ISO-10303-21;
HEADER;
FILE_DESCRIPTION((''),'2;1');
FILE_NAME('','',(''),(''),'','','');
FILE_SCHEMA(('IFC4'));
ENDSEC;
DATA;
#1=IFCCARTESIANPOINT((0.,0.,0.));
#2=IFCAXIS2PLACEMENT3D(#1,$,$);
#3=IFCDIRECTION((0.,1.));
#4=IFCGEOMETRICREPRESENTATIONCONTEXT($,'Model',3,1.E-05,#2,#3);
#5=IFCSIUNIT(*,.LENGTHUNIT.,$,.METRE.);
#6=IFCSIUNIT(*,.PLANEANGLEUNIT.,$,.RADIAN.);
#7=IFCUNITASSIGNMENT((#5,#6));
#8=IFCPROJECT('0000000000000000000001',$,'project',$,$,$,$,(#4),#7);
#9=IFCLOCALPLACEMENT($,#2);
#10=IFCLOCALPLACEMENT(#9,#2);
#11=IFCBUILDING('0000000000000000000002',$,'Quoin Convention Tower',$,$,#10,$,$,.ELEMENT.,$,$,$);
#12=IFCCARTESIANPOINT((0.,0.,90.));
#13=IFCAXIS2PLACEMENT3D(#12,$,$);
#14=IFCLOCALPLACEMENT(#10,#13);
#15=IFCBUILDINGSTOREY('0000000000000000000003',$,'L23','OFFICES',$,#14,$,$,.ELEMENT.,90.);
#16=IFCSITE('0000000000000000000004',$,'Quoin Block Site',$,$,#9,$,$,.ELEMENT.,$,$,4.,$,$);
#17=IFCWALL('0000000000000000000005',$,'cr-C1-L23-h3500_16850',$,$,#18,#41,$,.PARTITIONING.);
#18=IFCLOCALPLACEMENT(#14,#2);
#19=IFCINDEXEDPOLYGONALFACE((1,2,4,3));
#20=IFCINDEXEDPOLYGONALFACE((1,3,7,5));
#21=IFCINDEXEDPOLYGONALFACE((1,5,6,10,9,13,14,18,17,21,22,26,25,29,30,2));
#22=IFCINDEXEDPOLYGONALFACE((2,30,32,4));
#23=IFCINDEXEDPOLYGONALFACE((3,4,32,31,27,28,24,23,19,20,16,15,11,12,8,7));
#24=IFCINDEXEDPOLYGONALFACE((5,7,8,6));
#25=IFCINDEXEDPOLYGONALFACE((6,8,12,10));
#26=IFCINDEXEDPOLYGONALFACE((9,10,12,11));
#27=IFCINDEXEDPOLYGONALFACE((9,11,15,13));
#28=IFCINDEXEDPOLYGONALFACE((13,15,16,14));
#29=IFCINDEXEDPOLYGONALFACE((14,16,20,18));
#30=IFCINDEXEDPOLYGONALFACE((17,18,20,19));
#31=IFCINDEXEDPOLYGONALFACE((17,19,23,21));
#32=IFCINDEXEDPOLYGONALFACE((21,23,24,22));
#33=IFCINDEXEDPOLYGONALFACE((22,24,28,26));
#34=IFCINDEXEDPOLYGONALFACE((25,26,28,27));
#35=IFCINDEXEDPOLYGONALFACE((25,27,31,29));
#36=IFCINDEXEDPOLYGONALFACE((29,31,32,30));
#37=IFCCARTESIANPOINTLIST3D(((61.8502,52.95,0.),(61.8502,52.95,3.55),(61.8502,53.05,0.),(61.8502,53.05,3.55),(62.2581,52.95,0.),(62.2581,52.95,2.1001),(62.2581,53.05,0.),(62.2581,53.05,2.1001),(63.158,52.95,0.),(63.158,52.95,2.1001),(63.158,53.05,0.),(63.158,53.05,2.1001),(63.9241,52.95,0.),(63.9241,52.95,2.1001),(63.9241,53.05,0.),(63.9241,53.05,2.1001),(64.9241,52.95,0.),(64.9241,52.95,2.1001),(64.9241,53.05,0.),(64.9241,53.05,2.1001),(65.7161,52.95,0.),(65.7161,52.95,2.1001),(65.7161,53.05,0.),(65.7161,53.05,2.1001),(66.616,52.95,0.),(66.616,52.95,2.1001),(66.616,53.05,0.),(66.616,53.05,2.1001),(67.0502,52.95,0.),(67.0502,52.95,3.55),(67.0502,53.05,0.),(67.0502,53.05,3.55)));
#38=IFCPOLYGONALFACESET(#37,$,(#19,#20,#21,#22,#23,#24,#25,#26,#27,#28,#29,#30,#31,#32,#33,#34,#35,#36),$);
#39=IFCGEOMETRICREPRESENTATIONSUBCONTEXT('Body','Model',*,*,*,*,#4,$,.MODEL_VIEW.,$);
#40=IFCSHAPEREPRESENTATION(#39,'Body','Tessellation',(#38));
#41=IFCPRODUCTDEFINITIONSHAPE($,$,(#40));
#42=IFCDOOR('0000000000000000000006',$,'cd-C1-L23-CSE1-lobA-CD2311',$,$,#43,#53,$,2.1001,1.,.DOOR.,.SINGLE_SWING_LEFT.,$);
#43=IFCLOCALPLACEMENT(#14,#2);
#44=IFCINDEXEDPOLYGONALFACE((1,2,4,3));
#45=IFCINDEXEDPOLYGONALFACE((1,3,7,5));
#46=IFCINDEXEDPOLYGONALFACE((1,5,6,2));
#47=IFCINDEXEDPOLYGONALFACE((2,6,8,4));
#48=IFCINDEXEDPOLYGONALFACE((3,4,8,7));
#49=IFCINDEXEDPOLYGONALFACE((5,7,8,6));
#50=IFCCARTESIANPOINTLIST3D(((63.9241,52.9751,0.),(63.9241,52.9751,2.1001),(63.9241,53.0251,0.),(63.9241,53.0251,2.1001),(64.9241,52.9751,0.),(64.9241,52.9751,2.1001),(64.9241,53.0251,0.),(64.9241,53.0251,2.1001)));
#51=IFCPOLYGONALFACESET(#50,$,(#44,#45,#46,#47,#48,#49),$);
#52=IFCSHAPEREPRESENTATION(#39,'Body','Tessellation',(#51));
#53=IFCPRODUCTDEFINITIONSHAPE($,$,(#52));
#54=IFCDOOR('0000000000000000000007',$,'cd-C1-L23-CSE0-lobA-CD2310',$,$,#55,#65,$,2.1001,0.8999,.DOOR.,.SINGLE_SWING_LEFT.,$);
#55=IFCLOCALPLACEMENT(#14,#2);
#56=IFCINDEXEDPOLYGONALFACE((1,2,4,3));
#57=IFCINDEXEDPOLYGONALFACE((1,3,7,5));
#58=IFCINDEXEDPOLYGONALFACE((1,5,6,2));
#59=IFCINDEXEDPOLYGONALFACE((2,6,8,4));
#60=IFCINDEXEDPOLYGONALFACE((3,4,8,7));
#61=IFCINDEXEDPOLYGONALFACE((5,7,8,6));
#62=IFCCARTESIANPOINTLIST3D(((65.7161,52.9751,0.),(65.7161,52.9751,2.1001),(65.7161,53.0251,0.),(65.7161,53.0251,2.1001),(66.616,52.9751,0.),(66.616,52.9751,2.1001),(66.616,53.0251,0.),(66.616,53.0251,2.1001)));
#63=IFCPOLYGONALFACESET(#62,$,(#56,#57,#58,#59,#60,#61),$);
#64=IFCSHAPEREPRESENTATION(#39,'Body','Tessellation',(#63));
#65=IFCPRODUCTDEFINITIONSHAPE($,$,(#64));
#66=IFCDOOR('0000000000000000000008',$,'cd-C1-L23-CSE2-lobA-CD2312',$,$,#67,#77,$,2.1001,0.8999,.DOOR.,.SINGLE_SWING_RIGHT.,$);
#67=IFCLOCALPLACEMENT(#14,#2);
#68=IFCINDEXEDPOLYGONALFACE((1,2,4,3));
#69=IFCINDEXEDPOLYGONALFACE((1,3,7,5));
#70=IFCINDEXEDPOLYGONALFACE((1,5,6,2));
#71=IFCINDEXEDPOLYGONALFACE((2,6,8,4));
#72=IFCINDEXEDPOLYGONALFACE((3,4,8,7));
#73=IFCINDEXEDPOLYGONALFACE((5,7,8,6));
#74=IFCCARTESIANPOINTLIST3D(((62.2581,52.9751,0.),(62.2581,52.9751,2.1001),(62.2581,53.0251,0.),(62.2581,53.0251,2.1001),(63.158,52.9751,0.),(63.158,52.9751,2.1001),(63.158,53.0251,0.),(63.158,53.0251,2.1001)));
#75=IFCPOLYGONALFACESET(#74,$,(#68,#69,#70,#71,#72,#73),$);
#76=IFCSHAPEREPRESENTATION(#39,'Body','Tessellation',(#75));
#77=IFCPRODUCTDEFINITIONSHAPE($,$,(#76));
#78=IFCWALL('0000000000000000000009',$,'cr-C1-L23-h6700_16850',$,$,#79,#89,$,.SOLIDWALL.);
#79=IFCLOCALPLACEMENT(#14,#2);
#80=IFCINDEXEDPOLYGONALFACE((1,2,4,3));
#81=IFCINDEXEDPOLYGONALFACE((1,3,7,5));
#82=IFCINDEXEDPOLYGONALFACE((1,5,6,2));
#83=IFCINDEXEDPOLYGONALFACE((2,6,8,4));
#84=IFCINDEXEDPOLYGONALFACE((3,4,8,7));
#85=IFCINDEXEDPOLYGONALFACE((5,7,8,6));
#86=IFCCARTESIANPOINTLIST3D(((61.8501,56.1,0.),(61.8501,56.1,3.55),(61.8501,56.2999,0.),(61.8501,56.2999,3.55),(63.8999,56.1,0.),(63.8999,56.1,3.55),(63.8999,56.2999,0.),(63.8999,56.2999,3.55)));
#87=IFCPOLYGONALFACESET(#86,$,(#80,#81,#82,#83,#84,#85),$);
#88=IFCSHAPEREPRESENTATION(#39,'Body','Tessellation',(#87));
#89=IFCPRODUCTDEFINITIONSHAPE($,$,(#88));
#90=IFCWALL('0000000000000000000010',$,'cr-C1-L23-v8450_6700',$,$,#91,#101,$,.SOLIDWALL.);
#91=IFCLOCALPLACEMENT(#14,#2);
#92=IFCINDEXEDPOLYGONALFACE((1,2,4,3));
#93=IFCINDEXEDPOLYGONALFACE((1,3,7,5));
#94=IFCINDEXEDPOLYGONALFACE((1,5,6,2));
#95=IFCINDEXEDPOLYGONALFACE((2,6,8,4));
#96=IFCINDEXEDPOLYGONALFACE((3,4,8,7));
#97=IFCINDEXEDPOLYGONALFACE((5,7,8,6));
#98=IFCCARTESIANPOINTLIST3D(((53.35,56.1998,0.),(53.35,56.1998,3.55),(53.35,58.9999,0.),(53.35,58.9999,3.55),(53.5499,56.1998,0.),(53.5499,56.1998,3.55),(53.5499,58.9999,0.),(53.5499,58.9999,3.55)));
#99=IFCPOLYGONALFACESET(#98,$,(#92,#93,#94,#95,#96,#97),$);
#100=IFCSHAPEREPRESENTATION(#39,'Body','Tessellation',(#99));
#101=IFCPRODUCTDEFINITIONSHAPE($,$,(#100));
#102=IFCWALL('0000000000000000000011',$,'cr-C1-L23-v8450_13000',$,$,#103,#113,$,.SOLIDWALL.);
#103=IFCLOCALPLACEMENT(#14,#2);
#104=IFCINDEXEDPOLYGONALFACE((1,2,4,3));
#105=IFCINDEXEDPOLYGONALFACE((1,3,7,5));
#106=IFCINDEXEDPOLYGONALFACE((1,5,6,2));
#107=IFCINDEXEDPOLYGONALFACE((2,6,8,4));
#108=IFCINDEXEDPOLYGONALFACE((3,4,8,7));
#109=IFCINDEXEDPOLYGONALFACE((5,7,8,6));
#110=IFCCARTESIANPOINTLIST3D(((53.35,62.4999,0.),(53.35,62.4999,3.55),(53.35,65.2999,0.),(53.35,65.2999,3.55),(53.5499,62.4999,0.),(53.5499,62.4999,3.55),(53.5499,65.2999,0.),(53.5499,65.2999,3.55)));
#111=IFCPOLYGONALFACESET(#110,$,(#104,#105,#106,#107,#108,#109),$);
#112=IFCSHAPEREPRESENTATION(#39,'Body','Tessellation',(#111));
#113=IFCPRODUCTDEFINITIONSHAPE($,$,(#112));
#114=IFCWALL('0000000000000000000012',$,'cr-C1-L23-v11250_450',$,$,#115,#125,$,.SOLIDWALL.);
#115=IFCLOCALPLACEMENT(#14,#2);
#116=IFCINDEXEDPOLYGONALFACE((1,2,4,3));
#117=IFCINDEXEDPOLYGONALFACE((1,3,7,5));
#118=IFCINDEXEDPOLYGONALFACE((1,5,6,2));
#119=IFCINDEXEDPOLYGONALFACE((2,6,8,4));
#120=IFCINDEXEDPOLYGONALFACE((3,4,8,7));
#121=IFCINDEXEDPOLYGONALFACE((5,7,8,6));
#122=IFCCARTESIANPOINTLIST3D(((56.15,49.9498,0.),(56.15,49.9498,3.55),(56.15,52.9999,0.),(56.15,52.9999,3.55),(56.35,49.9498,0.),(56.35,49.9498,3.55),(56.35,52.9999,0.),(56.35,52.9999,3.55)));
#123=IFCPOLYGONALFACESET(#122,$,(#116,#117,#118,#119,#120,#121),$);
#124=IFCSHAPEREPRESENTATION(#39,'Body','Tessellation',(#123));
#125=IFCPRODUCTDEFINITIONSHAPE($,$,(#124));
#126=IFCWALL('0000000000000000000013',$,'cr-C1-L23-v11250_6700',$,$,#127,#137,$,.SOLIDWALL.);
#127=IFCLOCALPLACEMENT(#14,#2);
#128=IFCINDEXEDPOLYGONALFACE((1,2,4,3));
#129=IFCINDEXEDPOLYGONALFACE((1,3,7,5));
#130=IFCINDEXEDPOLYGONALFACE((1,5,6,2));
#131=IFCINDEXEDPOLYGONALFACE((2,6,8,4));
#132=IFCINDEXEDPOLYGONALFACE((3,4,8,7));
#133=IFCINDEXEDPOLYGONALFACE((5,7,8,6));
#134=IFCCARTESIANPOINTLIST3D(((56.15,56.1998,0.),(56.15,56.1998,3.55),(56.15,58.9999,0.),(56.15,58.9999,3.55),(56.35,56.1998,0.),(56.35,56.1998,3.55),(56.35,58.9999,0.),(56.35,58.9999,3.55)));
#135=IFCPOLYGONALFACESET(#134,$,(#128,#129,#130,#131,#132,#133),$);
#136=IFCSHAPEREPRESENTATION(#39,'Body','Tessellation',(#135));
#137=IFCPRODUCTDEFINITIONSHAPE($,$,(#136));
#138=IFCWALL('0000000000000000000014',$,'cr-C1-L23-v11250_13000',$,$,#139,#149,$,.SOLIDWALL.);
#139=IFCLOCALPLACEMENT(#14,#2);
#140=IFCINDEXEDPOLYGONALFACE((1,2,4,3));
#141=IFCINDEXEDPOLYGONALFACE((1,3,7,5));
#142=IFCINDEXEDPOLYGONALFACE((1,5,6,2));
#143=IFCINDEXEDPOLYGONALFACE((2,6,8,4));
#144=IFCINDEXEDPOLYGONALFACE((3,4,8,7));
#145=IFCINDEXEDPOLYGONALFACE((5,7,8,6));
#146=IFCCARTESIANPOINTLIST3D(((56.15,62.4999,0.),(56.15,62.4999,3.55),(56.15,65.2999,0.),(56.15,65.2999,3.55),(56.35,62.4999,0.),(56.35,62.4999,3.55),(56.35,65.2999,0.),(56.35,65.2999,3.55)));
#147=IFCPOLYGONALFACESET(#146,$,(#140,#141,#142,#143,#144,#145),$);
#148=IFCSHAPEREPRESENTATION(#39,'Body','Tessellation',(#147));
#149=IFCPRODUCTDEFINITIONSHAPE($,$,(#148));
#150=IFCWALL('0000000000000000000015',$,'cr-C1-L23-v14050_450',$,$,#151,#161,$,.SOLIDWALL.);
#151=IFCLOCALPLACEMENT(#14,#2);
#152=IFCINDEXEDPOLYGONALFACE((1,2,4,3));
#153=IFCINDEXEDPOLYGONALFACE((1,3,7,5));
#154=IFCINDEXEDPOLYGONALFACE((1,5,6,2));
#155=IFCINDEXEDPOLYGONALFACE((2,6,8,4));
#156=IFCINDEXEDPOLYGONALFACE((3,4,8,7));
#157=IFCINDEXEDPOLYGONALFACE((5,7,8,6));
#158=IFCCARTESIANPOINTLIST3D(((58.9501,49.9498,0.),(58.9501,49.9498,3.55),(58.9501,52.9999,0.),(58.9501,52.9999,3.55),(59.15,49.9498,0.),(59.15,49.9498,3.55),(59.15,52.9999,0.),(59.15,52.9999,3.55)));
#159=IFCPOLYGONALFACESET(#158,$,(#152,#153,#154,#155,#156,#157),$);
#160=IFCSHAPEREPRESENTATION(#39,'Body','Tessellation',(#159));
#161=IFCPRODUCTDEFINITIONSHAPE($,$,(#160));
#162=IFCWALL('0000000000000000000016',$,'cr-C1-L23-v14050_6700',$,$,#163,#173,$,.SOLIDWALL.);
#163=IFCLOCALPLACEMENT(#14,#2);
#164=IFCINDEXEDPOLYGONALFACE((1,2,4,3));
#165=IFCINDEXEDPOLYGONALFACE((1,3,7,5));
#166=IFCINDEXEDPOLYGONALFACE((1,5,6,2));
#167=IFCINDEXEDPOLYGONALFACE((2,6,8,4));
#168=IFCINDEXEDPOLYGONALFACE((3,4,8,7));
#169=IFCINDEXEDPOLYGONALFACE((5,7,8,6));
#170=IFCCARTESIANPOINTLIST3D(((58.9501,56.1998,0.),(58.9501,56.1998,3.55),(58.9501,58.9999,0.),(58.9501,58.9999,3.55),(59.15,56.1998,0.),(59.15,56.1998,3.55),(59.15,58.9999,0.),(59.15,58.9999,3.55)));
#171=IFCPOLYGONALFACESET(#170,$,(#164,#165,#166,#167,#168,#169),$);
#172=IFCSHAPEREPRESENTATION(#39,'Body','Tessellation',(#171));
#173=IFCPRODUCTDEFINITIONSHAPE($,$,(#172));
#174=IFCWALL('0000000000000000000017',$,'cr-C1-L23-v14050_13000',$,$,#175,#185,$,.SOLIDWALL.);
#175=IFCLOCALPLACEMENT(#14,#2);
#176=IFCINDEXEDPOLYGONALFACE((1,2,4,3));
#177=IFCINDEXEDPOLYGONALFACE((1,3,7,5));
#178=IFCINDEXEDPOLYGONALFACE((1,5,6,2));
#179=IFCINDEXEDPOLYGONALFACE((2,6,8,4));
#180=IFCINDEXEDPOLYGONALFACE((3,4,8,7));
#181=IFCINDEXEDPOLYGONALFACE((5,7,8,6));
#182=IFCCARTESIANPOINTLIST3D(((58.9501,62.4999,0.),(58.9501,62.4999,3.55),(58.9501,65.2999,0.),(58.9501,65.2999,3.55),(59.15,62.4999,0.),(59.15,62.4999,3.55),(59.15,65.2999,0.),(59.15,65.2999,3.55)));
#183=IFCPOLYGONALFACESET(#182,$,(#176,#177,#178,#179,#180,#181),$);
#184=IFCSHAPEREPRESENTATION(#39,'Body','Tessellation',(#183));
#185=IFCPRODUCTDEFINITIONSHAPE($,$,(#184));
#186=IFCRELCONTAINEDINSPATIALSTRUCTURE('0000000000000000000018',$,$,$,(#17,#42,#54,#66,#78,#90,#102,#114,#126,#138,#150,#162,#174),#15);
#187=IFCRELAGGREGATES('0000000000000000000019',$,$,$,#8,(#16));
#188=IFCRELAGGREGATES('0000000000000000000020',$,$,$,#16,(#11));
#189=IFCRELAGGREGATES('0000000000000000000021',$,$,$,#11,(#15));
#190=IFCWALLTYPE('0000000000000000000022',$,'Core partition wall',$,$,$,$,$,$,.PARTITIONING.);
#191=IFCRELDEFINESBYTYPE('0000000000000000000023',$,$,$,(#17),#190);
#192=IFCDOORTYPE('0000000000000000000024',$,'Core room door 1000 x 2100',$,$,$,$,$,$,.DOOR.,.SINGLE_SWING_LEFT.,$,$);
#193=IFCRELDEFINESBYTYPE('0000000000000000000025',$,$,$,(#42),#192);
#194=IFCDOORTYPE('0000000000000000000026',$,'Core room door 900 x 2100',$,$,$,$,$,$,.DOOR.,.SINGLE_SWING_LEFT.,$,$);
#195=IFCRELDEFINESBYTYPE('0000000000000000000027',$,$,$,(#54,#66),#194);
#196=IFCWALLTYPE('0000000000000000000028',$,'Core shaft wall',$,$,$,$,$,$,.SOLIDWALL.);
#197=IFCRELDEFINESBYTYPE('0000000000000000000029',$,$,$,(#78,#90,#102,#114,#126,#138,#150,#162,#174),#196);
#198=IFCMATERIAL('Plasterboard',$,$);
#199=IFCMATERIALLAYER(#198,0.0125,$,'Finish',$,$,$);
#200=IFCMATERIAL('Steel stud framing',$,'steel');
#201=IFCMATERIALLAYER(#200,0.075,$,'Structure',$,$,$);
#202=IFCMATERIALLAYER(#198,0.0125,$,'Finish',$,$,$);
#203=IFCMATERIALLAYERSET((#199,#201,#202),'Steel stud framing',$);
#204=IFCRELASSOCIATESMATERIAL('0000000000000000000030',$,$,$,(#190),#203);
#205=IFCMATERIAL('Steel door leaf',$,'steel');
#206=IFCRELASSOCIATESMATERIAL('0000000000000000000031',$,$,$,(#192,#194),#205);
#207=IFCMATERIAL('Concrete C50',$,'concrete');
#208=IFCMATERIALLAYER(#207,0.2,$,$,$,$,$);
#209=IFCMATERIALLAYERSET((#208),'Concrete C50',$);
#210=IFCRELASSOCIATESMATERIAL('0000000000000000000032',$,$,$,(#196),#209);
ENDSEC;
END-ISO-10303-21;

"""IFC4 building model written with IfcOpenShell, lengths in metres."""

from ifc_helpers import new_model, si_unit, direction, frame, frame_2d, origin, place, context, subcontext, project, spatial, rectangle, extrude, material, layer, layer_set, type_object, element, fill, save


model = new_model("IFC4")

# Units and contexts
model_context = context("Model", 3, precision=1e-05, world=origin(), true_north=direction((0.0, 1.0)))
body_context = subcontext(model_context, "Body", "Model", "MODEL_VIEW")
ifc_project = project(units=[si_unit("LENGTHUNIT", "METRE"), si_unit("PLANEANGLEUNIT", "RADIAN")], contexts=[model_context])

# Site, building, storey
site_placement = place(None, origin())
site = spatial("IfcSite", under=ifc_project, at=site_placement, Name="Quoin Block Site", CompositionType="ELEMENT", RefElevation=4.0)
building_placement = place(site_placement, origin())
building = spatial("IfcBuilding", under=site, at=building_placement, Name="Quoin Convention Tower", CompositionType="ELEMENT")
storey_placement = place(building_placement, frame((0.0, 0.0, 90.0)))
storey = spatial("IfcBuildingStorey", under=building, at=storey_placement, Name="L23", Description="OFFICES", CompositionType="ELEMENT", Elevation=90.0)

# Wall, openings, doors
ifc_material_1 = material(Name="Plasterboard")
ifc_layer_1 = layer(ifc_material_1, 0.0125, Name="Finish")
ifc_material_2 = material(Name="Steel stud framing", Category="steel")
ifc_layer_2 = layer(ifc_material_2, 0.075, Name="Structure")
ifc_layer_3 = layer(ifc_material_1, 0.0125, Name="Finish")
ifc_layer_set_1 = layer_set([ifc_layer_1, ifc_layer_2, ifc_layer_3], Name="Steel stud framing")
wall_type_1 = type_object("IfcWallType", Name="Core partition wall", PredefinedType="PARTITIONING", material=ifc_layer_set_1)
wall_1_placement = place(storey_placement, frame((61.8501, 53.0, 0.0), z_axis=(0.0, 0.0, 1.0), x_axis=(1.0, 0.0, 0.0)))
wall_1 = element("IfcWall", 1, at=wall_1_placement, inside=storey, type_object=wall_type_1, Name="cr-C1-L23-h3500_16850", PredefinedType="PARTITIONING", context=body_context, shape_type="SweptSolid", body=[
    extrude(rectangle(XDim=5.2, YDim=0.1001, at=frame_2d((2.6001, 0.0))), origin(), (0.0, 0.0, 1.0), 3.55),
])
opening_1_placement = place(wall_1_placement, frame((3.866, 0.0, 0.0)))
opening_1 = element("IfcOpeningElement", 2, at=opening_1_placement, cuts=wall_1, PredefinedType="OPENING", context=body_context, shape_type="SweptSolid", body=[
    extrude(rectangle(XDim=0.8999, YDim=2.1001, at=frame_2d((0.45, 1.05))), frame((0.0, 0.0601, 0.0), z_axis=(0.0, -1.0, 0.0), x_axis=(1.0, 0.0, 0.0)), (0.0, 0.0, 1.0), 0.1201),
])
opening_2_placement = place(wall_1_placement, frame((2.074, 0.0, 0.0)))
opening_2 = element("IfcOpeningElement", 3, at=opening_2_placement, cuts=wall_1, PredefinedType="OPENING", context=body_context, shape_type="SweptSolid", body=[
    extrude(rectangle(XDim=1.0, YDim=2.1001, at=frame_2d((0.5, 1.05))), frame((0.0, 0.0601, 0.0), z_axis=(0.0, -1.0, 0.0), x_axis=(1.0, 0.0, 0.0)), (0.0, 0.0, 1.0), 0.1201),
])
opening_3_placement = place(wall_1_placement, frame((0.408, 0.0, 0.0)))
opening_3 = element("IfcOpeningElement", 4, at=opening_3_placement, cuts=wall_1, PredefinedType="OPENING", context=body_context, shape_type="SweptSolid", body=[
    extrude(rectangle(XDim=0.8999, YDim=2.1001, at=frame_2d((0.45, 1.05))), frame((0.0, 0.0601, 0.0), z_axis=(0.0, -1.0, 0.0), x_axis=(1.0, 0.0, 0.0)), (0.0, 0.0, 1.0), 0.1201),
])
ifc_material_3 = material(Name="Steel door leaf", Category="steel")
door_type_1 = type_object("IfcDoorType", Name="Core room door 1000 x 2100", OperationType="SINGLE_SWING_LEFT", PredefinedType="DOOR", material=ifc_material_3)
door_1_placement = place(opening_2_placement, frame((1.0, 0.0, 0.0), z_axis=(0.0, 0.0, 1.0), x_axis=(-1.0, 0.0, 0.0)))
door_1 = element("IfcDoor", 5, at=door_1_placement, inside=storey, type_object=door_type_1, Name="cd-C1-L23-CSE1-lobA-CD2311", OperationType="SINGLE_SWING_LEFT", OverallHeight=2.1001, OverallWidth=1.0, PredefinedType="DOOR", context=body_context, shape_type="SweptSolid", body=[
    extrude(rectangle(XDim=1.0, YDim=2.1001, at=frame_2d((0.5, 1.05))), frame((0.0, 0.0249, 0.0), z_axis=(0.0, -1.0, 0.0), x_axis=(1.0, 0.0, 0.0)), (0.0, 0.0, 1.0), 0.05),
])
fill(opening_2, door_1)
door_type_2 = type_object("IfcDoorType", Name="Core room door 900 x 2100", OperationType="SINGLE_SWING_LEFT", PredefinedType="DOOR", material=ifc_material_3)
door_2_placement = place(opening_1_placement, frame((0.8999, 0.0, 0.0), z_axis=(0.0, 0.0, 1.0), x_axis=(-1.0, 0.0, 0.0)))
door_2 = element("IfcDoor", 6, at=door_2_placement, inside=storey, type_object=door_type_2, Name="cd-C1-L23-CSE0-lobA-CD2310", OperationType="SINGLE_SWING_LEFT", OverallHeight=2.1001, OverallWidth=0.8999, PredefinedType="DOOR", context=body_context, shape_type="SweptSolid", body=[
    extrude(rectangle(XDim=0.8999, YDim=2.1001, at=frame_2d((0.45, 1.05))), frame((0.0, 0.0249, 0.0), z_axis=(0.0, -1.0, 0.0), x_axis=(1.0, 0.0, 0.0)), (0.0, 0.0, 1.0), 0.05),
])
fill(opening_1, door_2)
door_3_placement = place(opening_3_placement, frame((0.8999, 0.0, 0.0), z_axis=(0.0, 0.0, 1.0), x_axis=(-1.0, 0.0, 0.0)))
door_3 = element("IfcDoor", 7, at=door_3_placement, inside=storey, type_object=door_type_2, Name="cd-C1-L23-CSE2-lobA-CD2312", OperationType="SINGLE_SWING_RIGHT", OverallHeight=2.1001, OverallWidth=0.8999, PredefinedType="DOOR", context=body_context, shape_type="SweptSolid", body=[
    extrude(rectangle(XDim=0.8999, YDim=2.1001, at=frame_2d((0.45, 1.05))), frame((0.0, 0.0249, 0.0), z_axis=(0.0, -1.0, 0.0), x_axis=(1.0, 0.0, 0.0)), (0.0, 0.0, 1.0), 0.05),
])
fill(opening_3, door_3)

# Walls
ifc_material_4 = material(Name="Concrete C50", Category="concrete")
ifc_layer_4 = layer(ifc_material_4, 0.2)
ifc_layer_set_2 = layer_set([ifc_layer_4], Name="Concrete C50")
wall_type_2 = type_object("IfcWallType", Name="Core shaft wall", PredefinedType="SOLIDWALL", material=ifc_layer_set_2)
wall_2_placement = place(storey_placement, frame((61.8501, 56.2, 0.0), z_axis=(0.0, 0.0, 1.0), x_axis=(1.0, 0.0, 0.0)))
element("IfcWall", 8, at=wall_2_placement, inside=storey, type_object=wall_type_2, Name="cr-C1-L23-h6700_16850", PredefinedType="SOLIDWALL", context=body_context, shape_type="SweptSolid", body=[
    extrude(rectangle(XDim=2.0498, YDim=0.2, at=frame_2d((1.0249, 0.0))), origin(), (0.0, 0.0, 1.0), 3.55),
])
for number, where, z_axis, x_axis, name in (
    (9, (53.45, 56.2, 0.0), (0.0, 0.0, 1.0), (0.0, 1.0, 0.0), "cr-C1-L23-v8450_6700"),
    (10, (53.45, 62.5, 0.0), (0.0, 0.0, 1.0), (0.0, 1.0, 0.0), "cr-C1-L23-v8450_13000"),
):
    element("IfcWall", number, at=place(storey_placement, frame(where, z_axis=z_axis, x_axis=x_axis)), inside=storey, type_object=wall_type_2, Name=name, PredefinedType="SOLIDWALL", context=body_context, shape_type="SweptSolid", body=[
        extrude(rectangle(XDim=2.8, YDim=0.2, at=frame_2d((1.3999, 0.0))), origin(), (0.0, 0.0, 1.0), 3.55),
    ])
wall_3_placement = place(storey_placement, frame((56.25, 49.95, 0.0), z_axis=(0.0, 0.0, 1.0), x_axis=(0.0, 1.0, 0.0)))
element("IfcWall", 11, at=wall_3_placement, inside=storey, type_object=wall_type_2, Name="cr-C1-L23-v11250_450", PredefinedType="SOLIDWALL", context=body_context, shape_type="SweptSolid", body=[
    extrude(rectangle(XDim=3.05, YDim=0.2, at=frame_2d((1.5249, 0.0))), origin(), (0.0, 0.0, 1.0), 3.55),
])
for number, where, z_axis, x_axis, name in (
    (12, (56.25, 56.2, 0.0), (0.0, 0.0, 1.0), (0.0, 1.0, 0.0), "cr-C1-L23-v11250_6700"),
    (13, (56.25, 62.5, 0.0), (0.0, 0.0, 1.0), (0.0, 1.0, 0.0), "cr-C1-L23-v11250_13000"),
):
    element("IfcWall", number, at=place(storey_placement, frame(where, z_axis=z_axis, x_axis=x_axis)), inside=storey, type_object=wall_type_2, Name=name, PredefinedType="SOLIDWALL", context=body_context, shape_type="SweptSolid", body=[
        extrude(rectangle(XDim=2.8, YDim=0.2, at=frame_2d((1.3999, 0.0))), origin(), (0.0, 0.0, 1.0), 3.55),
    ])
wall_4_placement = place(storey_placement, frame((59.05, 49.95, 0.0), z_axis=(0.0, 0.0, 1.0), x_axis=(0.0, 1.0, 0.0)))
element("IfcWall", 14, at=wall_4_placement, inside=storey, type_object=wall_type_2, Name="cr-C1-L23-v14050_450", PredefinedType="SOLIDWALL", context=body_context, shape_type="SweptSolid", body=[
    extrude(rectangle(XDim=3.05, YDim=0.2, at=frame_2d((1.5249, 0.0))), origin(), (0.0, 0.0, 1.0), 3.55),
])
for number, where, z_axis, x_axis, name in (
    (15, (59.05, 56.2, 0.0), (0.0, 0.0, 1.0), (0.0, 1.0, 0.0), "cr-C1-L23-v14050_6700"),
    (16, (59.05, 62.5, 0.0), (0.0, 0.0, 1.0), (0.0, 1.0, 0.0), "cr-C1-L23-v14050_13000"),
):
    element("IfcWall", number, at=place(storey_placement, frame(where, z_axis=z_axis, x_axis=x_axis)), inside=storey, type_object=wall_type_2, Name=name, PredefinedType="SOLIDWALL", context=body_context, shape_type="SweptSolid", body=[
        extrude(rectangle(XDim=2.8, YDim=0.2, at=frame_2d((1.3999, 0.0))), origin(), (0.0, 0.0, 1.0), 3.55),
    ])

save(model, "model.ifc")
